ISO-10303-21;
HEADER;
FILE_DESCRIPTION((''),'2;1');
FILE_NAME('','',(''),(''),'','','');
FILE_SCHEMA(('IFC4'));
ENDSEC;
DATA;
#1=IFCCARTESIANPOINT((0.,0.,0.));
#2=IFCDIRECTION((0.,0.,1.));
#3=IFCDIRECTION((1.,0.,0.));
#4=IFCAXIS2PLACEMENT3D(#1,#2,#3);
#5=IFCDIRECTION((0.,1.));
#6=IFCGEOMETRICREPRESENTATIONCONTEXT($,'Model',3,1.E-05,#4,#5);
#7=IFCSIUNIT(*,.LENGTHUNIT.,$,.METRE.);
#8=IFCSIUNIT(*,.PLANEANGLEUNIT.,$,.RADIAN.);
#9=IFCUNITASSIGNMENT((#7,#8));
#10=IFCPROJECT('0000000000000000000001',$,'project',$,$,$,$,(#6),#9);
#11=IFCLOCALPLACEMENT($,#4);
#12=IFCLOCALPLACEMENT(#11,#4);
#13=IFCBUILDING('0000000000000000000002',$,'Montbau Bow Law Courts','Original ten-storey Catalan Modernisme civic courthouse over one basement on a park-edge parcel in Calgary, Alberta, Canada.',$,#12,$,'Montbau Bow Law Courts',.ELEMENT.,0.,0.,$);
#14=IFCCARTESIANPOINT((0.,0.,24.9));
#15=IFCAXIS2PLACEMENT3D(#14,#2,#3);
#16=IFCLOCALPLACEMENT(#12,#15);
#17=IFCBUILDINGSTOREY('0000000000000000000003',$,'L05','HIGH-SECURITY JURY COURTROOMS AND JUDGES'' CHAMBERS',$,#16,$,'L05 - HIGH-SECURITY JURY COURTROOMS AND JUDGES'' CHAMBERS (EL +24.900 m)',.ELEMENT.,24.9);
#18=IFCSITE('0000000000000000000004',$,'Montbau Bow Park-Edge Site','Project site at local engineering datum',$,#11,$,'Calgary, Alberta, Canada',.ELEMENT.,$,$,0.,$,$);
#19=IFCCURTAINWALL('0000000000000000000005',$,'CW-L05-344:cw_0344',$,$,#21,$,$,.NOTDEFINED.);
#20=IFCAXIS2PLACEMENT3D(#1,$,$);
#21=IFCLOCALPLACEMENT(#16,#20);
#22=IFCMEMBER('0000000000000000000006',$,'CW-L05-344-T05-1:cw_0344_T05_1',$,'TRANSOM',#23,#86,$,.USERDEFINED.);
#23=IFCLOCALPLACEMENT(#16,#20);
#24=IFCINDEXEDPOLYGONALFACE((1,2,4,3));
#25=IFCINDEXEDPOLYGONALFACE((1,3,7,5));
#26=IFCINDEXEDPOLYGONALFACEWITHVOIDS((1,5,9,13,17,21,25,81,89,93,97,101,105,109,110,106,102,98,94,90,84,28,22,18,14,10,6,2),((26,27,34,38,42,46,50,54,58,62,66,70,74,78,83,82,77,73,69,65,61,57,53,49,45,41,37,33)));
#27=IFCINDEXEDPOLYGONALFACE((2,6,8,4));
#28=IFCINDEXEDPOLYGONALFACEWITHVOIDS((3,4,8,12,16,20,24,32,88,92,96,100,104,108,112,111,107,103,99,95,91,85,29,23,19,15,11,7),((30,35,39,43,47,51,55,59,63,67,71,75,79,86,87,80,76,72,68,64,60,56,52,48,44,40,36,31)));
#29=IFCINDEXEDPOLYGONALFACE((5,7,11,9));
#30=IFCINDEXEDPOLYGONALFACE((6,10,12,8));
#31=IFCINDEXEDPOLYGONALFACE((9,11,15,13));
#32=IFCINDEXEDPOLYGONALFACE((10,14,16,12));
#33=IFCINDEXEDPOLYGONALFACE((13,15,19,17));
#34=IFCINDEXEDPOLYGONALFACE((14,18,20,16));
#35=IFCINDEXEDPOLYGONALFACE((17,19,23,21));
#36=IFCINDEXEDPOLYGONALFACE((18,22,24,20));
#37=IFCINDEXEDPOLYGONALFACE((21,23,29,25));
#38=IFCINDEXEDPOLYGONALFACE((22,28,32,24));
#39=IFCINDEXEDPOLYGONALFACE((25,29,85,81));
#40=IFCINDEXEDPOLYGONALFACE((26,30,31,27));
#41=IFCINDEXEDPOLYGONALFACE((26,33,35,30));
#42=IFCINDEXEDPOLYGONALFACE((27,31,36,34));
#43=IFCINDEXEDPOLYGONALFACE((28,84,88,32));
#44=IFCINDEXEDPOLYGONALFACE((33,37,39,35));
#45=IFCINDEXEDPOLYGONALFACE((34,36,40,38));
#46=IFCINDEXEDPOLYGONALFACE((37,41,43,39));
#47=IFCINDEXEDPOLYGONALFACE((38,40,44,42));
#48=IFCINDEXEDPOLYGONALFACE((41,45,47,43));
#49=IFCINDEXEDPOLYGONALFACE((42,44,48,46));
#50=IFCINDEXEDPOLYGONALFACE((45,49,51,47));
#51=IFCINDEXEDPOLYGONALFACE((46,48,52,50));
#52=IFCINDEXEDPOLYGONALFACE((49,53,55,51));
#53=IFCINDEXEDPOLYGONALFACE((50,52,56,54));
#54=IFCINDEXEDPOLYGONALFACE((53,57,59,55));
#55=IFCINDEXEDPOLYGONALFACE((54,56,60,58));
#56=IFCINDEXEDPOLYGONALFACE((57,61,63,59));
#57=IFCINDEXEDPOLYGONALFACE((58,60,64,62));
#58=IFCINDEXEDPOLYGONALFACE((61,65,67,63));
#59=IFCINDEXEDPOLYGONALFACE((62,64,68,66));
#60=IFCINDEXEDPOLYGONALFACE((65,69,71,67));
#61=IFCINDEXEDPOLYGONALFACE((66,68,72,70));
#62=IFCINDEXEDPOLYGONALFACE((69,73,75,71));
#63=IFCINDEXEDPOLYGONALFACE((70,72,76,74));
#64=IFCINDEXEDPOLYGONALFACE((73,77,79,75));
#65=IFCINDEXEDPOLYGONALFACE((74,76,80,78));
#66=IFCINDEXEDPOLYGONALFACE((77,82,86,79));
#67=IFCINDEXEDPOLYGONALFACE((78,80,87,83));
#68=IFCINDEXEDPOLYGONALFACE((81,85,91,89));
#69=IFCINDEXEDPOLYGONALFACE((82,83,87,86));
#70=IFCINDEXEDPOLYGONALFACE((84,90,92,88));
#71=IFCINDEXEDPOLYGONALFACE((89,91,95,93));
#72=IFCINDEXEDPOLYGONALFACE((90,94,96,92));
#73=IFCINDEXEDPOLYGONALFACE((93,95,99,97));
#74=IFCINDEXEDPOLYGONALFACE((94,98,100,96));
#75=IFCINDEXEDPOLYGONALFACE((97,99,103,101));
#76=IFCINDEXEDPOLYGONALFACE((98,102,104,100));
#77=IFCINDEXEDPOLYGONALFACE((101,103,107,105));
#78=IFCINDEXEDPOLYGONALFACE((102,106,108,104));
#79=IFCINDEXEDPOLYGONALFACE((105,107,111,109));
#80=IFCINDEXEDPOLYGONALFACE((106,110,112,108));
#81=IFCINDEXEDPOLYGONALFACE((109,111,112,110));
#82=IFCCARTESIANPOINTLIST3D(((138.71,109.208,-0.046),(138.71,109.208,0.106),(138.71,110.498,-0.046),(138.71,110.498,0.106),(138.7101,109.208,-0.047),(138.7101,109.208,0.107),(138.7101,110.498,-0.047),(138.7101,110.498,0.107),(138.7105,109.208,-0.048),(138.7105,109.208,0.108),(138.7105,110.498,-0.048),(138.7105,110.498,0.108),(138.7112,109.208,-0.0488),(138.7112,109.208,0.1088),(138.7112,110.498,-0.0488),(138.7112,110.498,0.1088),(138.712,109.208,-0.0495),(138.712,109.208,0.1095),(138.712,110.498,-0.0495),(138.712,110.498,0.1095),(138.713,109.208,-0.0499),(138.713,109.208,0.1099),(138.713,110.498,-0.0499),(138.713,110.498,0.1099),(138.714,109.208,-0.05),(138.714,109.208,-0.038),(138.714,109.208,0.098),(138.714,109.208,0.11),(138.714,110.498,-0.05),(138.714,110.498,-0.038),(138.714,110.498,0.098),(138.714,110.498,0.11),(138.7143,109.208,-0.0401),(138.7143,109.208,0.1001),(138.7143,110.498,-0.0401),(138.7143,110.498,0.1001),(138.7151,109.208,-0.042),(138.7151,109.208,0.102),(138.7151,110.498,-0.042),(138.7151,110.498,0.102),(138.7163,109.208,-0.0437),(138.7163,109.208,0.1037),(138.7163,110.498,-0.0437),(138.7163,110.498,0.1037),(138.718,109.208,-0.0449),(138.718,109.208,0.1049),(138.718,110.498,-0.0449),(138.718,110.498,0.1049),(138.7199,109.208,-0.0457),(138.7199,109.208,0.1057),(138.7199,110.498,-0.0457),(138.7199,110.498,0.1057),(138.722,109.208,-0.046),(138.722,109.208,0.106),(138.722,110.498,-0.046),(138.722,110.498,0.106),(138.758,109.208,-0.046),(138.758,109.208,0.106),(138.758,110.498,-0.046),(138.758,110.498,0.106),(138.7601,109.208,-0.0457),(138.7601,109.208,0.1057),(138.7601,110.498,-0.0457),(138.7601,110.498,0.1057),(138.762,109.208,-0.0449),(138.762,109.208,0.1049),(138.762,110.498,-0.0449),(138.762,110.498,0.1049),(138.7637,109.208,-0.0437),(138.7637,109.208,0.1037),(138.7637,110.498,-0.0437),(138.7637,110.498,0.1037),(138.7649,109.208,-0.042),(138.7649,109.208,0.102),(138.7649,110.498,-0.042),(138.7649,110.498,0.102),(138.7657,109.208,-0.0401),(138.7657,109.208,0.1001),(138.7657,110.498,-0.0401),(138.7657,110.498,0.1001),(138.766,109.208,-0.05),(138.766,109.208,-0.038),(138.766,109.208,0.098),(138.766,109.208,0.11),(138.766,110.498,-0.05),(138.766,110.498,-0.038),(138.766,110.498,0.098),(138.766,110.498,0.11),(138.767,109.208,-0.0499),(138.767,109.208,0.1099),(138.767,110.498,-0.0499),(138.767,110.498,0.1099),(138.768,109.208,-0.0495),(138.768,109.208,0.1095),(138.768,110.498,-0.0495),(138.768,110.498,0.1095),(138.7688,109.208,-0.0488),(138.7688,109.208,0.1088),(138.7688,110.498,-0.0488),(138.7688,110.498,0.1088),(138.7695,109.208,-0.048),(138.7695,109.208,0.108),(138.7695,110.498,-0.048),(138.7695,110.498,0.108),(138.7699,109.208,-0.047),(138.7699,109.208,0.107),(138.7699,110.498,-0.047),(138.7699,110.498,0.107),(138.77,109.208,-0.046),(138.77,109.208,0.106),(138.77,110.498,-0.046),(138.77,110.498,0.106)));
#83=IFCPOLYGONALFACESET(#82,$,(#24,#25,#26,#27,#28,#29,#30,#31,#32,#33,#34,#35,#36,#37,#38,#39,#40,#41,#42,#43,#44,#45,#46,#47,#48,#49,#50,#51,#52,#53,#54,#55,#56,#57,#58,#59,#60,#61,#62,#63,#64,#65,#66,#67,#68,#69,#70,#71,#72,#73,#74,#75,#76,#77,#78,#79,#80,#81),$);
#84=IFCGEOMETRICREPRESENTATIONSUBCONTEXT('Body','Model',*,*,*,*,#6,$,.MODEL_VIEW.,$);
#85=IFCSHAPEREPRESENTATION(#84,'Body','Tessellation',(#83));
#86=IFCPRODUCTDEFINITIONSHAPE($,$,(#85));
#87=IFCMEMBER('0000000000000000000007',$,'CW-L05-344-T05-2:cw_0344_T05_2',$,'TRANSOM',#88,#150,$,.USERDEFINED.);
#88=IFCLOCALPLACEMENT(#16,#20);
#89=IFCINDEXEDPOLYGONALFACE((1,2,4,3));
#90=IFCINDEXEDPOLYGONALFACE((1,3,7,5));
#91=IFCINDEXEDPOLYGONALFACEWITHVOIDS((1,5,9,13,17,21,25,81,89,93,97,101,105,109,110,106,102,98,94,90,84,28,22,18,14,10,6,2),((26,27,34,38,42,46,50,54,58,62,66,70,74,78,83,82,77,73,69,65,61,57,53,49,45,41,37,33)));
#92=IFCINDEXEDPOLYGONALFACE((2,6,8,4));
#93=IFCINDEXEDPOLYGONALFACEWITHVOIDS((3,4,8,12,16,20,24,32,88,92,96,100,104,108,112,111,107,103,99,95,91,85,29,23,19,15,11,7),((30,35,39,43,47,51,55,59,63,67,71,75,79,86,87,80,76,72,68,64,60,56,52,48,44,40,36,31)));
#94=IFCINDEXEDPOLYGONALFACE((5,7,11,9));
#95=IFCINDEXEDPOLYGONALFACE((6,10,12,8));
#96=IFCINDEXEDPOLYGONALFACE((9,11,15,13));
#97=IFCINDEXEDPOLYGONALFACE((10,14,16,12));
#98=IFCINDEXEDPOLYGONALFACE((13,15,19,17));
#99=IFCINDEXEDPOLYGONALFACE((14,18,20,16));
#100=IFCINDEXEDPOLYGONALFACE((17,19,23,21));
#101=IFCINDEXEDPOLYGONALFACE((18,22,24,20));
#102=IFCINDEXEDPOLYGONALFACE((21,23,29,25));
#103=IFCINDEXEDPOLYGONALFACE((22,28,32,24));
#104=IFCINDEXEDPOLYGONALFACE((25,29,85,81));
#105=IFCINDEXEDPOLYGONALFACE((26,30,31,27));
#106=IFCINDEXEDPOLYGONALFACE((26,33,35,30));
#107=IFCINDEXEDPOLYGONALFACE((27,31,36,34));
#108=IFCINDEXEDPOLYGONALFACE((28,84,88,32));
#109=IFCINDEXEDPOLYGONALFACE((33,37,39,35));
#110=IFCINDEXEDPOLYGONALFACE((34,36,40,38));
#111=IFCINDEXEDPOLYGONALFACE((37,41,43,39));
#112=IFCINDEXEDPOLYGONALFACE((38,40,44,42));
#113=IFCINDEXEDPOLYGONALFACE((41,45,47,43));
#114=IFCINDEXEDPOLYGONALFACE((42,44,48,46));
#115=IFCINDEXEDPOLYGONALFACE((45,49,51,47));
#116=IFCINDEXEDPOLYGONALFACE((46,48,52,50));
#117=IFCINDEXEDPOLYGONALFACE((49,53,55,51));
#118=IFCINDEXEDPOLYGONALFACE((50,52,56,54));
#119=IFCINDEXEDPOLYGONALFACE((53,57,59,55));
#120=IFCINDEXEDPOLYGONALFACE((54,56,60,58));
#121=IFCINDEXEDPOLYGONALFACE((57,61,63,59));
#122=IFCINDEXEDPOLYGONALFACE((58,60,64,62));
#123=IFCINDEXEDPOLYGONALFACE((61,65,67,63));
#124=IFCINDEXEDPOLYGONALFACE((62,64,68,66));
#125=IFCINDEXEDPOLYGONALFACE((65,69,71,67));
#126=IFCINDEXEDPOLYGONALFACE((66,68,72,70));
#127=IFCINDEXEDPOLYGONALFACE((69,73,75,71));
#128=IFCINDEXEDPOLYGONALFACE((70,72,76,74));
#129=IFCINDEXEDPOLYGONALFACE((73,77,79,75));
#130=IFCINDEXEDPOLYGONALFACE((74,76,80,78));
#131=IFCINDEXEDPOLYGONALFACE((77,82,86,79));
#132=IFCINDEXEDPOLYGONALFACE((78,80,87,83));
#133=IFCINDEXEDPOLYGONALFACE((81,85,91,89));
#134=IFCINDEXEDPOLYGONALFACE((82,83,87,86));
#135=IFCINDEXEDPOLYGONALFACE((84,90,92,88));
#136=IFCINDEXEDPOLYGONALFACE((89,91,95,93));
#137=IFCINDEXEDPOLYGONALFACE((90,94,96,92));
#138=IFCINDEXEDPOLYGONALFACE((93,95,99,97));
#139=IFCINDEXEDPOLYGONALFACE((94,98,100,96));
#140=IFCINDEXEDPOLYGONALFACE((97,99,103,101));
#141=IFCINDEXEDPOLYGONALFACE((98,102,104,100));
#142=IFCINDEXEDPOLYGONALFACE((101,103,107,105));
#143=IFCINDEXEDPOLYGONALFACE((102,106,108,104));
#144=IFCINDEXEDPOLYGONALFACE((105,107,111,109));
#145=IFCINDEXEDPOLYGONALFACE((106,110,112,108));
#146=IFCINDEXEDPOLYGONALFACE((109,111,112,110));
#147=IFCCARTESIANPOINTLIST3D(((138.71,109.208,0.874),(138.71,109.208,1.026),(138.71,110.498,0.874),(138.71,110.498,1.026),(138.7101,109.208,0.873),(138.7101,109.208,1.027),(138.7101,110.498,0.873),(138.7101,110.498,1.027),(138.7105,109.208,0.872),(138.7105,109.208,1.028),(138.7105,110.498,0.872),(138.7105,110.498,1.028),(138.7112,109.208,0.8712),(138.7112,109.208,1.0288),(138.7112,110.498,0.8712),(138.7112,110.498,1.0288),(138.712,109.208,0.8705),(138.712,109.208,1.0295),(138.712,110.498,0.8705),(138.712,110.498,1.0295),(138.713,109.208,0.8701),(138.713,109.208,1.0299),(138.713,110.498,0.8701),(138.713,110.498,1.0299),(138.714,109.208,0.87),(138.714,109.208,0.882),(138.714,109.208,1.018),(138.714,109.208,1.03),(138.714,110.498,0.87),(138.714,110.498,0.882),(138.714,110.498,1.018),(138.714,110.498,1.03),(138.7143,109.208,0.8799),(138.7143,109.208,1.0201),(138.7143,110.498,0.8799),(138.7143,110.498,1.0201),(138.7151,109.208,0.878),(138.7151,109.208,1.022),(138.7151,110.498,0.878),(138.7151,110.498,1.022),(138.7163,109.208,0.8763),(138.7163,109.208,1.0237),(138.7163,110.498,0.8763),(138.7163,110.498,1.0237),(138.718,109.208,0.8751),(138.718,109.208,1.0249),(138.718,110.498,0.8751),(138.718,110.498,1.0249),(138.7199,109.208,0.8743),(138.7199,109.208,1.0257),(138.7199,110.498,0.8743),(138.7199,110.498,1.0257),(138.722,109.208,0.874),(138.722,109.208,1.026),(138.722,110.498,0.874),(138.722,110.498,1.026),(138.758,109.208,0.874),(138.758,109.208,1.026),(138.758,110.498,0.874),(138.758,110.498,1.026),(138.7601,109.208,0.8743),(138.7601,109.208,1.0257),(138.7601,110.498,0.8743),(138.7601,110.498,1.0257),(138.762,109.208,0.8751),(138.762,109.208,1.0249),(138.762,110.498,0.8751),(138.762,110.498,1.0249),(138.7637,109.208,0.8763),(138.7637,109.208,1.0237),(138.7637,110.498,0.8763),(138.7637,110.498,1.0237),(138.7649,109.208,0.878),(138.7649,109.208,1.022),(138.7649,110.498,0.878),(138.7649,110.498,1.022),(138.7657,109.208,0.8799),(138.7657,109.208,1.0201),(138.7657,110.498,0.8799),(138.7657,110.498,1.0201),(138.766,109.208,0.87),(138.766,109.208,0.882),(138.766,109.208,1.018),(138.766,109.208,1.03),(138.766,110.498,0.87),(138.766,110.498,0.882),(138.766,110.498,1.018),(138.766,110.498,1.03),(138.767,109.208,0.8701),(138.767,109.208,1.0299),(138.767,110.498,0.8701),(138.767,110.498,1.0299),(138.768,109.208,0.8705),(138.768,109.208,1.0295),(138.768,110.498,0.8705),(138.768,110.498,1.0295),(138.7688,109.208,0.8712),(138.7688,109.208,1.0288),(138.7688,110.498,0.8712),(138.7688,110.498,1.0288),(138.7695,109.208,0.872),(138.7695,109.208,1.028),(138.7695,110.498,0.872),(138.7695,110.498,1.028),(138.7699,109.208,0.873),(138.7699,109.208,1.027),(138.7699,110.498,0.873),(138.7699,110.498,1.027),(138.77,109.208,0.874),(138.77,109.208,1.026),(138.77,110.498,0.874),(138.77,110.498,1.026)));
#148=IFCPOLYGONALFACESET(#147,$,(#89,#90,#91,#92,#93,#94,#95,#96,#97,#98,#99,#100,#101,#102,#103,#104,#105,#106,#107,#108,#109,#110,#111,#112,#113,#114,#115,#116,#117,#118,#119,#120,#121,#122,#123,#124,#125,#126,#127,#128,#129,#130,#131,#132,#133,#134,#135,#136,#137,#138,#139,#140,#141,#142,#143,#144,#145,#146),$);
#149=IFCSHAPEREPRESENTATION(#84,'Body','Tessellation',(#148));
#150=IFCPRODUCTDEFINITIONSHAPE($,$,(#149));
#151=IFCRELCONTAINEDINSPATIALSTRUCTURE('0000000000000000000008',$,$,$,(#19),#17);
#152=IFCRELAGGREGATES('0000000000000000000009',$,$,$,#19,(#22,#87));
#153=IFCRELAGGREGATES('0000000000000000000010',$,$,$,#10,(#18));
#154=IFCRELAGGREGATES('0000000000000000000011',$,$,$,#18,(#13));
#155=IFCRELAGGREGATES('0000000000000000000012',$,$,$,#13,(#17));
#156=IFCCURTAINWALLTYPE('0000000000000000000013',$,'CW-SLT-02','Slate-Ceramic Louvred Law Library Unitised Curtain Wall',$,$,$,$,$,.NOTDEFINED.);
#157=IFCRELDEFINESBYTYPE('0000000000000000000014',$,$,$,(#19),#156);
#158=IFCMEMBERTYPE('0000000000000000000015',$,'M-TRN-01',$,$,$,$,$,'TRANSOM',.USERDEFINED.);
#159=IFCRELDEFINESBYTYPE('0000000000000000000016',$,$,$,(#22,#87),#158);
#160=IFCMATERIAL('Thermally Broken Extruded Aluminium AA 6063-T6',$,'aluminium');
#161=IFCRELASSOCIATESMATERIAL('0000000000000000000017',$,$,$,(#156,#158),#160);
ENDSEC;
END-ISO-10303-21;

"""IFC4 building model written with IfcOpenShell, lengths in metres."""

from ifc_helpers import new_model, si_unit, direction, frame, origin_with_axes, origin_2d_with_axis, place, context, subcontext, project, spatial, hollow_rectangle, extrude, material, material_profile, profile_set, type_object, element, aggregate, save


model = new_model("IFC4")

# Units and contexts
model_context = context("Model", 3, precision=1e-05, world=origin_with_axes(), true_north=direction((0.0, 1.0)))
body_context = subcontext(model_context, "Body", "Model", "MODEL_VIEW")
ifc_project = project(units=[si_unit("LENGTHUNIT", "METRE"), si_unit("PLANEANGLEUNIT", "RADIAN")], contexts=[model_context])

# Site, building, storey
site_placement = place(None, origin_with_axes())
site = spatial("IfcSite", under=ifc_project, at=site_placement, Name="Montbau Bow Park-Edge Site", Description="Project site at local engineering datum", LongName="Calgary, Alberta, Canada", CompositionType="ELEMENT", RefElevation=0.0)
building_placement = place(site_placement, origin_with_axes())
building = spatial("IfcBuilding", under=site, at=building_placement, Name="Montbau Bow Law Courts", Description="Original ten-storey Catalan Modernisme civic courthouse over one basement on a park-edge parcel in Calgary, Alberta, Canada.", LongName="Montbau Bow Law Courts", CompositionType="ELEMENT", ElevationOfRefHeight=0.0, ElevationOfTerrain=0.0)
storey_placement = place(building_placement, frame((0.0, 0.0, 24.9), z_axis=(0.0, 0.0, 1.0), x_axis=(1.0, 0.0, 0.0)))
storey = spatial("IfcBuildingStorey", under=building, at=storey_placement, Name="L05", Description="HIGH-SECURITY JURY COURTROOMS AND JUDGES' CHAMBERS", LongName="L05 - HIGH-SECURITY JURY COURTROOMS AND JUDGES' CHAMBERS (EL +24.900 m)", CompositionType="ELEMENT", Elevation=24.9)

# Curtain wall, members
ifc_material_1 = material(Name="Thermally Broken Extruded Aluminium AA 6063-T6", Category="aluminium")
curtain_wall_type = type_object("IfcCurtainWallType", Name="CW-SLT-02", Description="Slate-Ceramic Louvred Law Library Unitised Curtain Wall", PredefinedType="NOTDEFINED", material=ifc_material_1)
curtain_wall_1_placement = place(None, frame((138.74, 103.64, 24.9), z_axis=(0.0, 0.0, 1.0), x_axis=(1.0, 0.0, 0.0)))
curtain_wall_1 = element("IfcCurtainWall", 1, at=curtain_wall_1_placement, inside=storey, type_object=curtain_wall_type, Name="CW-L05-344:cw_0344", PredefinedType="NOTDEFINED")
ifc_material_profile_1 = material_profile(ifc_material_1, hollow_rectangle(XDim=0.06, YDim=0.16, WallThickness=0.004, InnerFilletRadius=0.008, OuterFilletRadius=0.004, at=origin_2d_with_axis()), Name="CWT-160X60", Category="Main", Priority=0)
ifc_profile_set_1 = profile_set([ifc_material_profile_1], Name="Thermally Broken Extruded Aluminium AA 6063-T6")
member_type_1 = type_object("IfcMemberType", Name="M-TRN-01", ElementType="TRANSOM", PredefinedType="USERDEFINED", material=ifc_profile_set_1)
member_1_placement = place(None, frame((138.74, 109.208, 24.93), z_axis=(0.0, 1.0, 0.0), x_axis=(-1.0, 0.0, 0.0)))
member_1 = element("IfcMember", 2, at=member_1_placement, type_object=member_type_1, Name="CW-L05-344-T05-1:cw_0344_T05_1", ObjectType="TRANSOM", PredefinedType="USERDEFINED", context=body_context, shape_type="SweptSolid", body=[
    extrude(hollow_rectangle(XDim=0.06, YDim=0.16, WallThickness=0.004, InnerFilletRadius=0.008, OuterFilletRadius=0.004, at=origin_2d_with_axis()), origin_with_axes(), (0.0, 0.0, 1.0), 1.29),
])
member_2_placement = place(None, frame((138.74, 109.208, 25.85), z_axis=(0.0, 1.0, 0.0), x_axis=(-1.0, 0.0, 0.0)))
member_2 = element("IfcMember", 3, at=member_2_placement, type_object=member_type_1, Name="CW-L05-344-T05-2:cw_0344_T05_2", ObjectType="TRANSOM", PredefinedType="USERDEFINED", context=body_context, shape_type="SweptSolid", body=[
    extrude(hollow_rectangle(XDim=0.06, YDim=0.16, WallThickness=0.004, InnerFilletRadius=0.008, OuterFilletRadius=0.004, at=origin_2d_with_axis()), origin_with_axes(), (0.0, 0.0, 1.0), 1.29),
])

aggregate(curtain_wall_1, [member_1, member_2])

save(model, "model.ifc")
